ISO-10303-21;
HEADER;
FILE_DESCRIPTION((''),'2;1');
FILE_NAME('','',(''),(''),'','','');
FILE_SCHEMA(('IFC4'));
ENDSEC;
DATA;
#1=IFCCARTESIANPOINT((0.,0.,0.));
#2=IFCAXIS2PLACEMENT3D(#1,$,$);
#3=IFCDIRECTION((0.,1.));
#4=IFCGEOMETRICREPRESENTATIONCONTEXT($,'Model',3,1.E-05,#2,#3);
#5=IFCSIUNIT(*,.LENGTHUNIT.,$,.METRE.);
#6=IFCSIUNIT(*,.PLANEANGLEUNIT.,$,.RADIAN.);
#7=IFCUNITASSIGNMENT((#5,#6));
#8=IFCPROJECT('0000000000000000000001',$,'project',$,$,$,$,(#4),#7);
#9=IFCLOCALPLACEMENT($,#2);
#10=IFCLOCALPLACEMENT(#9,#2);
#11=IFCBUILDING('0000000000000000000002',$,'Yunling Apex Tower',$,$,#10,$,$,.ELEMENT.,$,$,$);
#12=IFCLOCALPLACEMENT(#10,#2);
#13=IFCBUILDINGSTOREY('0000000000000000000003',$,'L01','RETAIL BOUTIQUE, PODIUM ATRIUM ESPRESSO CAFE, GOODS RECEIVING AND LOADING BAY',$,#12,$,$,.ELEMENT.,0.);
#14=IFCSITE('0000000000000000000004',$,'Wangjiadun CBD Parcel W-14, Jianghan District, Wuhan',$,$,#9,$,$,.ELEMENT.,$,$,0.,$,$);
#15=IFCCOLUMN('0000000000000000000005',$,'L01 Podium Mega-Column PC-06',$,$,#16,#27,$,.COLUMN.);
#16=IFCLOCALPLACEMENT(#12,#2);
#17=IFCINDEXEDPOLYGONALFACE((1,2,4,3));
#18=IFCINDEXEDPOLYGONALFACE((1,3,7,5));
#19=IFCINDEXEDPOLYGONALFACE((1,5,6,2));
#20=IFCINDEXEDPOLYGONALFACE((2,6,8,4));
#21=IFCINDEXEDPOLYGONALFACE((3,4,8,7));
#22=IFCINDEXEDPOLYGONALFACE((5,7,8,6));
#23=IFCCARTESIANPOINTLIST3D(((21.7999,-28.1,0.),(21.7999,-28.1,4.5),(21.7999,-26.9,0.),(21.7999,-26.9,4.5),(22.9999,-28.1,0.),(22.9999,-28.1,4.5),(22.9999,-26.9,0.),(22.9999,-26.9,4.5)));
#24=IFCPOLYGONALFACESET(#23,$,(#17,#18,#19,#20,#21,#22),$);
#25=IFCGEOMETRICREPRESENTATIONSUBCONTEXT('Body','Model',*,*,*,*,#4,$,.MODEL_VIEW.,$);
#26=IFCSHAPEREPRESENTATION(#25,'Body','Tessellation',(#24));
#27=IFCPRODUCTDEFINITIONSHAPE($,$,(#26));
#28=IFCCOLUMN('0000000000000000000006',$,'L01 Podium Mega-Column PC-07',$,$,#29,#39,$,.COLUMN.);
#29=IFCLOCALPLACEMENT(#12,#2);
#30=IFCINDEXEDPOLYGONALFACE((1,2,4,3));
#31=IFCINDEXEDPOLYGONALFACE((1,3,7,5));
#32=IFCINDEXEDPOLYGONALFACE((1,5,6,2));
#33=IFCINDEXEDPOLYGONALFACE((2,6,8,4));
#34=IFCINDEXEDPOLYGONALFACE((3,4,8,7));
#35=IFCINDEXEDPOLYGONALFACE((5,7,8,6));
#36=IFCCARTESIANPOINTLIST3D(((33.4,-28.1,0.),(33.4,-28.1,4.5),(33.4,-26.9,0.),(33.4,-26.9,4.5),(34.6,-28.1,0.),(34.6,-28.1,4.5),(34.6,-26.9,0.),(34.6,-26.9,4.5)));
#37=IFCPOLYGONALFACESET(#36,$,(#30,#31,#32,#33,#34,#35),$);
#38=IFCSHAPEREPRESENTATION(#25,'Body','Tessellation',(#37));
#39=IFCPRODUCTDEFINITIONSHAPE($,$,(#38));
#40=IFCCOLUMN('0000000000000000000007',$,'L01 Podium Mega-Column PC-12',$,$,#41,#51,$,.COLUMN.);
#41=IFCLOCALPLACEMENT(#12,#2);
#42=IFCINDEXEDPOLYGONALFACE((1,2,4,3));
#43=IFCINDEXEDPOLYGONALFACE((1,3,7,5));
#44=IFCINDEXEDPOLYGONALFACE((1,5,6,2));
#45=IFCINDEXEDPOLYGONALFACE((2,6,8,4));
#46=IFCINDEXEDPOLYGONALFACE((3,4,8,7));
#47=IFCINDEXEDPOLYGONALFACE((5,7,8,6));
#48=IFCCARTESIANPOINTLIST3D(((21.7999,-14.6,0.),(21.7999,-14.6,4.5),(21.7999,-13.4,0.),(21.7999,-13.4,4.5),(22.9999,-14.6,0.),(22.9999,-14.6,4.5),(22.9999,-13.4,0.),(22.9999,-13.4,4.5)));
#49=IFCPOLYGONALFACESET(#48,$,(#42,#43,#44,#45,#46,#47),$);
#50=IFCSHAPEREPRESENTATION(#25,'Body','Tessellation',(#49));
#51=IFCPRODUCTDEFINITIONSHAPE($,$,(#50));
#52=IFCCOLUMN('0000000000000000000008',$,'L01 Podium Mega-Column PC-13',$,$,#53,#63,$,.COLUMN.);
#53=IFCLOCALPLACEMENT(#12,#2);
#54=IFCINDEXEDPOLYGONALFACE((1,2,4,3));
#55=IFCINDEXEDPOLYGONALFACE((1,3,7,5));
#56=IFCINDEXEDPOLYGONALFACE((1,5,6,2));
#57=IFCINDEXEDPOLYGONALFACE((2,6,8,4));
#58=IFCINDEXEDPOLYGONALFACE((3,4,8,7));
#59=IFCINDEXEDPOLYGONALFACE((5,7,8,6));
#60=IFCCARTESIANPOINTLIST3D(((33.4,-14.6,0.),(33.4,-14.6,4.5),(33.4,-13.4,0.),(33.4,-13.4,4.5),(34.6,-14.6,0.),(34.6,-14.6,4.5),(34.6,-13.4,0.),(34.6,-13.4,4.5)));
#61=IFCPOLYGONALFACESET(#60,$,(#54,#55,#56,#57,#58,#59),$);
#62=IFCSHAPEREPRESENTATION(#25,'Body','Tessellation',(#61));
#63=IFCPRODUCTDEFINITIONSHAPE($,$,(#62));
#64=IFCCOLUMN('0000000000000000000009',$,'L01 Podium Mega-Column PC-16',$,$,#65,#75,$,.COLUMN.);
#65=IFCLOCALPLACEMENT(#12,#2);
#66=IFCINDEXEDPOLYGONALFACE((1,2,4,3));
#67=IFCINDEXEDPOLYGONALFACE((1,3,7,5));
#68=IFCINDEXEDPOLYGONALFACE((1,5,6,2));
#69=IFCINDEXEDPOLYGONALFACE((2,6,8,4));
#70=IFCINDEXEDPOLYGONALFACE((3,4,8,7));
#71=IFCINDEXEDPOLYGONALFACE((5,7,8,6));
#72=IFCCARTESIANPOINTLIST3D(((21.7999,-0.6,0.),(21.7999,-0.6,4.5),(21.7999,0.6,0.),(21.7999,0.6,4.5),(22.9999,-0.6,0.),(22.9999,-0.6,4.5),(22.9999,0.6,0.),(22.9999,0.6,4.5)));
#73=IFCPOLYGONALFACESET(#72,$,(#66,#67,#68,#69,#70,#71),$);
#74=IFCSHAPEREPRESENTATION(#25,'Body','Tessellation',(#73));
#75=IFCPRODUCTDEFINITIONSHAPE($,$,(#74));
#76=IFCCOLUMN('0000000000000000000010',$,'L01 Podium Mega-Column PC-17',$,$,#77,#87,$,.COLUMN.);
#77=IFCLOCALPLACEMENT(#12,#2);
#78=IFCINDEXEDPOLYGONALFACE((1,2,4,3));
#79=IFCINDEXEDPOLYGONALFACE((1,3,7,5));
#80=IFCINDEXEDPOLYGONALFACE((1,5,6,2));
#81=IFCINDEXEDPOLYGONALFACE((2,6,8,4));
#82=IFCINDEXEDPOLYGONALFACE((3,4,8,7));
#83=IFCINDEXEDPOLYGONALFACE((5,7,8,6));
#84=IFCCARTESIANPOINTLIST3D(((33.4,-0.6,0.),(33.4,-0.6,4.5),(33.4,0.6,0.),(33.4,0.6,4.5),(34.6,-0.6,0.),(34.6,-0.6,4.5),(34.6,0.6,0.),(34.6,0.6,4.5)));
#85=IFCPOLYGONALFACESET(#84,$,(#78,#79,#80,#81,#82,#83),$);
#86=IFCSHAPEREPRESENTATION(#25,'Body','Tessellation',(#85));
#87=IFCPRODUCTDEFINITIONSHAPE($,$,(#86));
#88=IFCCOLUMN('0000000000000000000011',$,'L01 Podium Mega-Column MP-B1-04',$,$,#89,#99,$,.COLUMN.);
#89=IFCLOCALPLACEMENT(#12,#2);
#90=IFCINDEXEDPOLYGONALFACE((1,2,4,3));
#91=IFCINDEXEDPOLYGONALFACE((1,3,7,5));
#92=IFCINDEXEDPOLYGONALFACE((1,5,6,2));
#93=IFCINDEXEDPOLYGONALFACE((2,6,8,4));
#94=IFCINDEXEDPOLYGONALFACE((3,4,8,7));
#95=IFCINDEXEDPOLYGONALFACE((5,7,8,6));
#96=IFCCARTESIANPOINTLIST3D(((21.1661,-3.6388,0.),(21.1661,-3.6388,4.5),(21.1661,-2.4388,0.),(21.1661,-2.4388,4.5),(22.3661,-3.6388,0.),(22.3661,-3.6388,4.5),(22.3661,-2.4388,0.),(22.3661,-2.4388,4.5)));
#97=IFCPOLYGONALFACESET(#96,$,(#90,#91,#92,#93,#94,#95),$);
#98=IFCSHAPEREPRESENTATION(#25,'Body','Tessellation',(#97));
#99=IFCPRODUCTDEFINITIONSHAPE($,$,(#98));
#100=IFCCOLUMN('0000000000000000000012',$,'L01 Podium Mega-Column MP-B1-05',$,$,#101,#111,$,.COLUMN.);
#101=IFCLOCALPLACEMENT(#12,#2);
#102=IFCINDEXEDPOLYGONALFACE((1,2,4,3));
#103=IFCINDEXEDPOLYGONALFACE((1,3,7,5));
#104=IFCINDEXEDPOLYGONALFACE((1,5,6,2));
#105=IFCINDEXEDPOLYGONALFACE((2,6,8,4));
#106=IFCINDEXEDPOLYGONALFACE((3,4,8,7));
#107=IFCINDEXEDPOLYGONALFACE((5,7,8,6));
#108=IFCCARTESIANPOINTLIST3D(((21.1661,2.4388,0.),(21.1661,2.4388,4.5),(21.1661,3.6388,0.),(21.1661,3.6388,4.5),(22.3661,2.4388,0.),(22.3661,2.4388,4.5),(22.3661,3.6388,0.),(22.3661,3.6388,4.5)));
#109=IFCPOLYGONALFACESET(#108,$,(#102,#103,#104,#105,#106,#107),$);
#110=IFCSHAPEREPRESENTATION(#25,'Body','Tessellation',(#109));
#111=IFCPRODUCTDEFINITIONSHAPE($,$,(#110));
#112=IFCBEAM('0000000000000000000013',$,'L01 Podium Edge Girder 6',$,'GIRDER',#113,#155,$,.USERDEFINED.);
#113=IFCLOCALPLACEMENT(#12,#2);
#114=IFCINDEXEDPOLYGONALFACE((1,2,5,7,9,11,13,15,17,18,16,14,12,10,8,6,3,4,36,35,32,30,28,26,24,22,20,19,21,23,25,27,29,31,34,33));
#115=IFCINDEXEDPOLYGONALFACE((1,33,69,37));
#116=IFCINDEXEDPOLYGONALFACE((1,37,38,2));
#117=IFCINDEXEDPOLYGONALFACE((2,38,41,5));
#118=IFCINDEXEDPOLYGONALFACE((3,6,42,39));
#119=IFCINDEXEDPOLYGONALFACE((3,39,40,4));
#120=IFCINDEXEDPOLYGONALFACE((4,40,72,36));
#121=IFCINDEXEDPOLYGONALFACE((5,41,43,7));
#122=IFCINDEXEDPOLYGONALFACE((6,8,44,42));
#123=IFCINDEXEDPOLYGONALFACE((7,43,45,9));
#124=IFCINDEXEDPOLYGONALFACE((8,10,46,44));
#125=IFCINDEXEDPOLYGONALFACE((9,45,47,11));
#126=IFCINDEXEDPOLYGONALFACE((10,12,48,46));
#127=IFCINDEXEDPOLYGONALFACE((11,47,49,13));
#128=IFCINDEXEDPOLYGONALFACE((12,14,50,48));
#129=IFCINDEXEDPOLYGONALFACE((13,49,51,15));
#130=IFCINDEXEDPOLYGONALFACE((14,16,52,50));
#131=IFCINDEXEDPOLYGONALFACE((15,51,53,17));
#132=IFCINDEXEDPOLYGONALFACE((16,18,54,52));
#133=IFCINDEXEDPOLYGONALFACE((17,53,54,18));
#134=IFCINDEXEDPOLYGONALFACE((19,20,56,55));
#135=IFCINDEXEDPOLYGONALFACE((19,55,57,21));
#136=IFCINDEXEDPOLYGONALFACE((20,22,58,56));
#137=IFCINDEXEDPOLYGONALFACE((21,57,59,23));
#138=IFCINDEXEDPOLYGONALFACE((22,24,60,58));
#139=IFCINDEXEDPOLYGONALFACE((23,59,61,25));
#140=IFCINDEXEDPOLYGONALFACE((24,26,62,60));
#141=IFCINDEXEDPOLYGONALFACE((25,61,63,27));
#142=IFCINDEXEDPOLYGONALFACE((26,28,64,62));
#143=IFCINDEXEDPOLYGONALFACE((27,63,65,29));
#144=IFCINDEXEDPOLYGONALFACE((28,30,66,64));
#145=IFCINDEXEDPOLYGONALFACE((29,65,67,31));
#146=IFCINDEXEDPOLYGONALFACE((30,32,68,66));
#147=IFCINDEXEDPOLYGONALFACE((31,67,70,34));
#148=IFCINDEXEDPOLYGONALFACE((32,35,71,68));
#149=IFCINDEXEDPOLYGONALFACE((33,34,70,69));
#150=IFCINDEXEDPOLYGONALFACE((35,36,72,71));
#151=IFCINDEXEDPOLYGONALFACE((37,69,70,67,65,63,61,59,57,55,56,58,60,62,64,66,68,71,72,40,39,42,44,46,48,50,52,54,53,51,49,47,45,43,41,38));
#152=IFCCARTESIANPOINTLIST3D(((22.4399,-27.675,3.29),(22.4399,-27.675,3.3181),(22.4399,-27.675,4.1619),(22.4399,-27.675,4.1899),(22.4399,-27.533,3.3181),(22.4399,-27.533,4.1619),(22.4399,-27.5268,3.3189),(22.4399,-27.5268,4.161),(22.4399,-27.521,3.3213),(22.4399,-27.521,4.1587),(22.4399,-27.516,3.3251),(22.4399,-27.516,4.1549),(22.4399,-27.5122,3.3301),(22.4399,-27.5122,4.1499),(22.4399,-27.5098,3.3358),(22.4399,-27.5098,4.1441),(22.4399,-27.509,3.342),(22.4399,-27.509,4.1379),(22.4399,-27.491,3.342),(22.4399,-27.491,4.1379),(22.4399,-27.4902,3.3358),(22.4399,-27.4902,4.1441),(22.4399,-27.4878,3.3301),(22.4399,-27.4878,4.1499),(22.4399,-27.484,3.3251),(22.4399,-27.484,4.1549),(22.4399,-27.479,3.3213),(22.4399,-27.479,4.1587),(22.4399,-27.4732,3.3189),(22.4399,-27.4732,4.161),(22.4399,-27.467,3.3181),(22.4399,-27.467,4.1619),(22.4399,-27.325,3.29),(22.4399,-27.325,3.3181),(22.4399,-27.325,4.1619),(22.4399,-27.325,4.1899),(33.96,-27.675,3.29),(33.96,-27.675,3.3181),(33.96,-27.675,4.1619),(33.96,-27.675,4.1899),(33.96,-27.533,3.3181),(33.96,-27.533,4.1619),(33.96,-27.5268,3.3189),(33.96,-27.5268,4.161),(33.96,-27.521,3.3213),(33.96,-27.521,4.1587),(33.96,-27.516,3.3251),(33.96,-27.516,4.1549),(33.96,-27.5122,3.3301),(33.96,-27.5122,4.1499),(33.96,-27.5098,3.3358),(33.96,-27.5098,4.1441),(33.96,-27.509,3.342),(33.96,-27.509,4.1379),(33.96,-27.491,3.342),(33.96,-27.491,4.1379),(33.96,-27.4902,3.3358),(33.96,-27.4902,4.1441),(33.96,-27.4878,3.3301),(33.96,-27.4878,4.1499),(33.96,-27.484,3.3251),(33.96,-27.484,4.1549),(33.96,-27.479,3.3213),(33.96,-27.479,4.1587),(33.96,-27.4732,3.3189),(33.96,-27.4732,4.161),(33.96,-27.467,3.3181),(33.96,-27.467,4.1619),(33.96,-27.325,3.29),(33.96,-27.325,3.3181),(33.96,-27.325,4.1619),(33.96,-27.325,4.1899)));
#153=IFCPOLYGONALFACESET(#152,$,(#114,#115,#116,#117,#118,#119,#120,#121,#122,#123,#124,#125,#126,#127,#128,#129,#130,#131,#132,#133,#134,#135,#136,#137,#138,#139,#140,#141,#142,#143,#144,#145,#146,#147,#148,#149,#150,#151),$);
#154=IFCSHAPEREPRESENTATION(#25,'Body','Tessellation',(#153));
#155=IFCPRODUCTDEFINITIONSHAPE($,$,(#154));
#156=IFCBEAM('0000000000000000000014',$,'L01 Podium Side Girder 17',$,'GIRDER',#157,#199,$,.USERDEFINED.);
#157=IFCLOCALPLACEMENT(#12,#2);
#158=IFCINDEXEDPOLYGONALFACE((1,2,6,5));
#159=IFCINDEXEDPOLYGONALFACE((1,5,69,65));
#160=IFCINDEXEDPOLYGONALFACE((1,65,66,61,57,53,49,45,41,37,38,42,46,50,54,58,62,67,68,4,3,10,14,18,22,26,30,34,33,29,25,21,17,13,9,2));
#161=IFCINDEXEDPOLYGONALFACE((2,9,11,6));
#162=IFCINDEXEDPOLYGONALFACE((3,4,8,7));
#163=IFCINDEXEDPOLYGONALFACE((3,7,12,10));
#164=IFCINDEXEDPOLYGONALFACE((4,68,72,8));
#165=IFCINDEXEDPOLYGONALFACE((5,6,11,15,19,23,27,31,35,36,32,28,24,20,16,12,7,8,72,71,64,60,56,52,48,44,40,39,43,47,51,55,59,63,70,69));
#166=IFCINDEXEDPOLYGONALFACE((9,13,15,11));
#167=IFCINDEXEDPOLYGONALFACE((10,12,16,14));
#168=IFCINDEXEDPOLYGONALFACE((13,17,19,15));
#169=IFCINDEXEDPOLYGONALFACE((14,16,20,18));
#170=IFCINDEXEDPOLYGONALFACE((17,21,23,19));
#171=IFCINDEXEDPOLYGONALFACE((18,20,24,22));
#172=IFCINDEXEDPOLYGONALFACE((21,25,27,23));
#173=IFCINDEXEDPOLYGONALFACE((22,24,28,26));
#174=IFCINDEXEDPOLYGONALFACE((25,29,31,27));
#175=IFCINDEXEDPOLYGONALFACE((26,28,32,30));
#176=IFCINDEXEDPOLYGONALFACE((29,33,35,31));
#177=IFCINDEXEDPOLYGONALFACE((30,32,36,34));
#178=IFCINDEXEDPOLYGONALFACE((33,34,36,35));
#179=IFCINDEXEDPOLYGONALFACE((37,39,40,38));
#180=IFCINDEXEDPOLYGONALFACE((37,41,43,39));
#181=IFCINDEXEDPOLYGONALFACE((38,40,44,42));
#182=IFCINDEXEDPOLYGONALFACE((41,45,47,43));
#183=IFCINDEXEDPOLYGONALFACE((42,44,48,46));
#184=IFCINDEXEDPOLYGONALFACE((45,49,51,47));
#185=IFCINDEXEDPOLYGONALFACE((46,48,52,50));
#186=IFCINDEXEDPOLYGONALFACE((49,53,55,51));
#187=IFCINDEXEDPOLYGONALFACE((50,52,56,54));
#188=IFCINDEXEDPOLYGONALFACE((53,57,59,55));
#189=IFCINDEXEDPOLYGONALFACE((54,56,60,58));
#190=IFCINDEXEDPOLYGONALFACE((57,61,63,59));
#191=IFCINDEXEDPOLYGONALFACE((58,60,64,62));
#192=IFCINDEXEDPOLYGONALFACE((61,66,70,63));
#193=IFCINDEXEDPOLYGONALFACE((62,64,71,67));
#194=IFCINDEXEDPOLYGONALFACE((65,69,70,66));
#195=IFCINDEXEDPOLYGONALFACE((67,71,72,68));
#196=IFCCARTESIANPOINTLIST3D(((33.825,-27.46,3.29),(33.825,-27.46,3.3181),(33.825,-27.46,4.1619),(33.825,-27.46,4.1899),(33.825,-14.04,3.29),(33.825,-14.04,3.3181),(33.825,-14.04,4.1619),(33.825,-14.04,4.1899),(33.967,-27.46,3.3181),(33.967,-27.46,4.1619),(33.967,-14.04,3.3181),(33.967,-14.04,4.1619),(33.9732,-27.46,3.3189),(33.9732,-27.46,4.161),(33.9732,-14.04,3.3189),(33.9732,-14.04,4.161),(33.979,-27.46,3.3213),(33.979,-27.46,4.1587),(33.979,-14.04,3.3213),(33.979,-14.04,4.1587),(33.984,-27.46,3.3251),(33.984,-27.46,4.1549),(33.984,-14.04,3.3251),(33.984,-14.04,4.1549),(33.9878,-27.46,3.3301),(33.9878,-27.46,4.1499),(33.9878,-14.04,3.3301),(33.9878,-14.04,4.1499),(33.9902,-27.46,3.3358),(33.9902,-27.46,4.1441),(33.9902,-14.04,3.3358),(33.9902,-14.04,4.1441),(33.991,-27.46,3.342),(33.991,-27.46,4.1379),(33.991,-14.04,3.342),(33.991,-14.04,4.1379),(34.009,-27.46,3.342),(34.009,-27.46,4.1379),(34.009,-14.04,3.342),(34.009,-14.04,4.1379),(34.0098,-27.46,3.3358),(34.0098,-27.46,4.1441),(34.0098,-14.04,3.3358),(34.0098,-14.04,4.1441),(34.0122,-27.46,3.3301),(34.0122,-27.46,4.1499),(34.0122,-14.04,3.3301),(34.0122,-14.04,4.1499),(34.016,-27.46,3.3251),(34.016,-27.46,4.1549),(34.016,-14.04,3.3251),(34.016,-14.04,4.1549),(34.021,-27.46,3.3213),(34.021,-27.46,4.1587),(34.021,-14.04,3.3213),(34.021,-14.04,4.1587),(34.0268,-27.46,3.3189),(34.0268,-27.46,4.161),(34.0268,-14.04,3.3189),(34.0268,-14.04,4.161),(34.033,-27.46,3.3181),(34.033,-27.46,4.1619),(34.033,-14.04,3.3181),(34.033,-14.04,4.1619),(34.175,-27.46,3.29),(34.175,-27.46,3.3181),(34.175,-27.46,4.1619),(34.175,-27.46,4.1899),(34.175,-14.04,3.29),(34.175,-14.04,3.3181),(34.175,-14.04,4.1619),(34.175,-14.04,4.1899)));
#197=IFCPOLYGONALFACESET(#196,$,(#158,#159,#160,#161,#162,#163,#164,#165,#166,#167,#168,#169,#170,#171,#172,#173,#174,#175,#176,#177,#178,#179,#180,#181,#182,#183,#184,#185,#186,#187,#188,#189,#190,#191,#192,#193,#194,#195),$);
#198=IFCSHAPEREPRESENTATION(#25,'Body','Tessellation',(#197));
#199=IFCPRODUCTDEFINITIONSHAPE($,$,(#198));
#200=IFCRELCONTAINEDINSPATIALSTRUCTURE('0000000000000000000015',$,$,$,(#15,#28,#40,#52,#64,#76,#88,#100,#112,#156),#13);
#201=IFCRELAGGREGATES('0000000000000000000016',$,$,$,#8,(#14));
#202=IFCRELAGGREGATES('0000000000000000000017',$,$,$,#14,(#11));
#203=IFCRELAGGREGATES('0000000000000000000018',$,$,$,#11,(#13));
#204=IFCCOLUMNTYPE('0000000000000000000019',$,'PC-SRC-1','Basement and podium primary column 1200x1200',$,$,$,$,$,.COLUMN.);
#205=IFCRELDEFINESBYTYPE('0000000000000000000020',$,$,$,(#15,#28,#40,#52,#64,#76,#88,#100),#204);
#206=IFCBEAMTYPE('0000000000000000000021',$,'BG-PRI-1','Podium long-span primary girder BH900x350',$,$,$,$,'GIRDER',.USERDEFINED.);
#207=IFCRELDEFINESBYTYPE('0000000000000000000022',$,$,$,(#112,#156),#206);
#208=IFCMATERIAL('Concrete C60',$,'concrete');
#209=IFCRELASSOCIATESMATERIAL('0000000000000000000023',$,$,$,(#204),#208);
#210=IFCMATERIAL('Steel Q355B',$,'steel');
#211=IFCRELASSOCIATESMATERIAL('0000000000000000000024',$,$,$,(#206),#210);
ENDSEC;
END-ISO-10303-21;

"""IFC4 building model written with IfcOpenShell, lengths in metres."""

from ifc_helpers import new_model, si_unit, direction, frame, origin, origin_2d, place, context, subcontext, project, spatial, rectangle, i_section, extrude, source, transform, mapped, material, material_profile, profile_set, type_object, element, save


model = new_model("IFC4")

# Units and contexts
model_context = context("Model", 3, precision=1e-05, world=origin(), true_north=direction((0.0, 1.0)))
body_context = subcontext(model_context, "Body", "Model", "MODEL_VIEW")
ifc_project = project(units=[si_unit("LENGTHUNIT", "METRE"), si_unit("PLANEANGLEUNIT", "RADIAN")], contexts=[model_context])

# Site, building, storey
site_placement = place(None, origin())
site = spatial("IfcSite", under=ifc_project, at=site_placement, Name="Wangjiadun CBD Parcel W-14, Jianghan District, Wuhan", CompositionType="ELEMENT", RefElevation=0.0)
building_placement = place(site_placement, origin())
building = spatial("IfcBuilding", under=site, at=building_placement, Name="Yunling Apex Tower", CompositionType="ELEMENT")
storey_placement = place(building_placement, origin())
storey = spatial("IfcBuildingStorey", under=building, at=storey_placement, Name="L01", Description="RETAIL BOUTIQUE, PODIUM ATRIUM ESPRESSO CAFE, GOODS RECEIVING AND LOADING BAY", CompositionType="ELEMENT", Elevation=0.0)

# Columns
ifc_material_1 = material(Name="Concrete C60", Category="concrete")
ifc_material_profile_1 = material_profile(ifc_material_1, rectangle(XDim=1.2, YDim=1.2, at=origin_2d()))
ifc_profile_set_1 = profile_set([ifc_material_profile_1], Name="Concrete C60")
column_type = type_object("IfcColumnType", Name="PC-SRC-1", Description="Basement and podium primary column 1200x1200", PredefinedType="COLUMN", material=ifc_profile_set_1)
shared_shape_1 = source(origin(), body_context, "Body", "SweptSolid", [
    extrude(rectangle(XDim=1.2, YDim=1.2, at=origin_2d()), origin(), (0.0, 0.0, 1.0), 4.5),
])
for number, where, z_axis, x_axis, name in (
    (1, (22.3999, -27.5, 0.0), (0.0, 0.0, 1.0), (1.0, 0.0, 0.0), "L01 Podium Mega-Column PC-06"),
    (2, (34.0, -27.5, 0.0), (0.0, 0.0, 1.0), (1.0, 0.0, 0.0), "L01 Podium Mega-Column PC-07"),
    (3, (22.3999, -14.0, 0.0), (0.0, 0.0, 1.0), (1.0, 0.0, 0.0), "L01 Podium Mega-Column PC-12"),
    (4, (34.0, -14.0, 0.0), (0.0, 0.0, 1.0), (1.0, 0.0, 0.0), "L01 Podium Mega-Column PC-13"),
    (5, (22.3999, 0.0, 0.0), (0.0, 0.0, 1.0), (1.0, 0.0, 0.0), "L01 Podium Mega-Column PC-16"),
    (6, (34.0, 0.0, 0.0), (0.0, 0.0, 1.0), (1.0, 0.0, 0.0), "L01 Podium Mega-Column PC-17"),
    (7, (21.7661, -3.0388, 0.0), (0.0, 0.0, 1.0), (1.0, 0.0, 0.0), "L01 Podium Mega-Column MP-B1-04"),
    (8, (21.7661, 3.0388, 0.0), (0.0, 0.0, 1.0), (1.0, 0.0, 0.0), "L01 Podium Mega-Column MP-B1-05"),
):
    element("IfcColumn", number, at=place(storey_placement, frame(where, z_axis=z_axis, x_axis=x_axis)), inside=storey, type_object=column_type, Name=name, PredefinedType="COLUMN", context=body_context, shape_type="MappedRepresentation", body=[
        mapped(shared_shape_1, transform((0.0, 0.0, 0.0), scale=1.0)),
    ])

# Beams
ifc_material_2 = material(Name="Steel Q355B", Category="steel")
ifc_material_profile_2 = material_profile(ifc_material_2, i_section(OverallWidth=0.3501, OverallDepth=0.8999, WebThickness=0.0181, FlangeThickness=0.0281, FilletRadius=0.0239, at=origin_2d()))
ifc_profile_set_2 = profile_set([ifc_material_profile_2], Name="Steel Q355B")
beam_type_1 = type_object("IfcBeamType", Name="BG-PRI-1", Description="Podium long-span primary girder BH900x350", ElementType="GIRDER", PredefinedType="USERDEFINED", material=ifc_profile_set_2)
shared_shape_2 = source(origin(), body_context, "Body", "SweptSolid", [
    extrude(i_section(OverallWidth=0.3501, OverallDepth=0.8999, WebThickness=0.0181, FlangeThickness=0.0281, FilletRadius=0.0239, at=origin_2d()), origin(), (0.0, 0.0, 1.0), 11.52),
])
beam_1_placement = place(storey_placement, frame((22.4399, -27.5, 3.74), z_axis=(1.0, 0.0, 0.0), x_axis=(0.0, 1.0, 0.0)))
element("IfcBeam", 9, at=beam_1_placement, inside=storey, type_object=beam_type_1, Name="L01 Podium Edge Girder 6", ObjectType="GIRDER", PredefinedType="USERDEFINED", context=body_context, shape_type="MappedRepresentation", body=[
    mapped(shared_shape_2, transform((0.0, 0.0, 0.0), scale=1.0)),
])
shared_shape_3 = source(origin(), body_context, "Body", "SweptSolid", [
    extrude(i_section(OverallWidth=0.3501, OverallDepth=0.8999, WebThickness=0.0181, FlangeThickness=0.0281, FilletRadius=0.0239, at=origin_2d()), origin(), (0.0, 0.0, 1.0), 13.4199),
])
beam_2_placement = place(storey_placement, frame((34.0, -27.46, 3.74), z_axis=(0.0, 1.0, 0.0), x_axis=(-1.0, 0.0, 0.0)))
element("IfcBeam", 10, at=beam_2_placement, inside=storey, type_object=beam_type_1, Name="L01 Podium Side Girder 17", ObjectType="GIRDER", PredefinedType="USERDEFINED", context=body_context, shape_type="MappedRepresentation", body=[
    mapped(shared_shape_3, transform((0.0, 0.0, 0.0), scale=1.0)),
])

save(model, "model.ifc")
